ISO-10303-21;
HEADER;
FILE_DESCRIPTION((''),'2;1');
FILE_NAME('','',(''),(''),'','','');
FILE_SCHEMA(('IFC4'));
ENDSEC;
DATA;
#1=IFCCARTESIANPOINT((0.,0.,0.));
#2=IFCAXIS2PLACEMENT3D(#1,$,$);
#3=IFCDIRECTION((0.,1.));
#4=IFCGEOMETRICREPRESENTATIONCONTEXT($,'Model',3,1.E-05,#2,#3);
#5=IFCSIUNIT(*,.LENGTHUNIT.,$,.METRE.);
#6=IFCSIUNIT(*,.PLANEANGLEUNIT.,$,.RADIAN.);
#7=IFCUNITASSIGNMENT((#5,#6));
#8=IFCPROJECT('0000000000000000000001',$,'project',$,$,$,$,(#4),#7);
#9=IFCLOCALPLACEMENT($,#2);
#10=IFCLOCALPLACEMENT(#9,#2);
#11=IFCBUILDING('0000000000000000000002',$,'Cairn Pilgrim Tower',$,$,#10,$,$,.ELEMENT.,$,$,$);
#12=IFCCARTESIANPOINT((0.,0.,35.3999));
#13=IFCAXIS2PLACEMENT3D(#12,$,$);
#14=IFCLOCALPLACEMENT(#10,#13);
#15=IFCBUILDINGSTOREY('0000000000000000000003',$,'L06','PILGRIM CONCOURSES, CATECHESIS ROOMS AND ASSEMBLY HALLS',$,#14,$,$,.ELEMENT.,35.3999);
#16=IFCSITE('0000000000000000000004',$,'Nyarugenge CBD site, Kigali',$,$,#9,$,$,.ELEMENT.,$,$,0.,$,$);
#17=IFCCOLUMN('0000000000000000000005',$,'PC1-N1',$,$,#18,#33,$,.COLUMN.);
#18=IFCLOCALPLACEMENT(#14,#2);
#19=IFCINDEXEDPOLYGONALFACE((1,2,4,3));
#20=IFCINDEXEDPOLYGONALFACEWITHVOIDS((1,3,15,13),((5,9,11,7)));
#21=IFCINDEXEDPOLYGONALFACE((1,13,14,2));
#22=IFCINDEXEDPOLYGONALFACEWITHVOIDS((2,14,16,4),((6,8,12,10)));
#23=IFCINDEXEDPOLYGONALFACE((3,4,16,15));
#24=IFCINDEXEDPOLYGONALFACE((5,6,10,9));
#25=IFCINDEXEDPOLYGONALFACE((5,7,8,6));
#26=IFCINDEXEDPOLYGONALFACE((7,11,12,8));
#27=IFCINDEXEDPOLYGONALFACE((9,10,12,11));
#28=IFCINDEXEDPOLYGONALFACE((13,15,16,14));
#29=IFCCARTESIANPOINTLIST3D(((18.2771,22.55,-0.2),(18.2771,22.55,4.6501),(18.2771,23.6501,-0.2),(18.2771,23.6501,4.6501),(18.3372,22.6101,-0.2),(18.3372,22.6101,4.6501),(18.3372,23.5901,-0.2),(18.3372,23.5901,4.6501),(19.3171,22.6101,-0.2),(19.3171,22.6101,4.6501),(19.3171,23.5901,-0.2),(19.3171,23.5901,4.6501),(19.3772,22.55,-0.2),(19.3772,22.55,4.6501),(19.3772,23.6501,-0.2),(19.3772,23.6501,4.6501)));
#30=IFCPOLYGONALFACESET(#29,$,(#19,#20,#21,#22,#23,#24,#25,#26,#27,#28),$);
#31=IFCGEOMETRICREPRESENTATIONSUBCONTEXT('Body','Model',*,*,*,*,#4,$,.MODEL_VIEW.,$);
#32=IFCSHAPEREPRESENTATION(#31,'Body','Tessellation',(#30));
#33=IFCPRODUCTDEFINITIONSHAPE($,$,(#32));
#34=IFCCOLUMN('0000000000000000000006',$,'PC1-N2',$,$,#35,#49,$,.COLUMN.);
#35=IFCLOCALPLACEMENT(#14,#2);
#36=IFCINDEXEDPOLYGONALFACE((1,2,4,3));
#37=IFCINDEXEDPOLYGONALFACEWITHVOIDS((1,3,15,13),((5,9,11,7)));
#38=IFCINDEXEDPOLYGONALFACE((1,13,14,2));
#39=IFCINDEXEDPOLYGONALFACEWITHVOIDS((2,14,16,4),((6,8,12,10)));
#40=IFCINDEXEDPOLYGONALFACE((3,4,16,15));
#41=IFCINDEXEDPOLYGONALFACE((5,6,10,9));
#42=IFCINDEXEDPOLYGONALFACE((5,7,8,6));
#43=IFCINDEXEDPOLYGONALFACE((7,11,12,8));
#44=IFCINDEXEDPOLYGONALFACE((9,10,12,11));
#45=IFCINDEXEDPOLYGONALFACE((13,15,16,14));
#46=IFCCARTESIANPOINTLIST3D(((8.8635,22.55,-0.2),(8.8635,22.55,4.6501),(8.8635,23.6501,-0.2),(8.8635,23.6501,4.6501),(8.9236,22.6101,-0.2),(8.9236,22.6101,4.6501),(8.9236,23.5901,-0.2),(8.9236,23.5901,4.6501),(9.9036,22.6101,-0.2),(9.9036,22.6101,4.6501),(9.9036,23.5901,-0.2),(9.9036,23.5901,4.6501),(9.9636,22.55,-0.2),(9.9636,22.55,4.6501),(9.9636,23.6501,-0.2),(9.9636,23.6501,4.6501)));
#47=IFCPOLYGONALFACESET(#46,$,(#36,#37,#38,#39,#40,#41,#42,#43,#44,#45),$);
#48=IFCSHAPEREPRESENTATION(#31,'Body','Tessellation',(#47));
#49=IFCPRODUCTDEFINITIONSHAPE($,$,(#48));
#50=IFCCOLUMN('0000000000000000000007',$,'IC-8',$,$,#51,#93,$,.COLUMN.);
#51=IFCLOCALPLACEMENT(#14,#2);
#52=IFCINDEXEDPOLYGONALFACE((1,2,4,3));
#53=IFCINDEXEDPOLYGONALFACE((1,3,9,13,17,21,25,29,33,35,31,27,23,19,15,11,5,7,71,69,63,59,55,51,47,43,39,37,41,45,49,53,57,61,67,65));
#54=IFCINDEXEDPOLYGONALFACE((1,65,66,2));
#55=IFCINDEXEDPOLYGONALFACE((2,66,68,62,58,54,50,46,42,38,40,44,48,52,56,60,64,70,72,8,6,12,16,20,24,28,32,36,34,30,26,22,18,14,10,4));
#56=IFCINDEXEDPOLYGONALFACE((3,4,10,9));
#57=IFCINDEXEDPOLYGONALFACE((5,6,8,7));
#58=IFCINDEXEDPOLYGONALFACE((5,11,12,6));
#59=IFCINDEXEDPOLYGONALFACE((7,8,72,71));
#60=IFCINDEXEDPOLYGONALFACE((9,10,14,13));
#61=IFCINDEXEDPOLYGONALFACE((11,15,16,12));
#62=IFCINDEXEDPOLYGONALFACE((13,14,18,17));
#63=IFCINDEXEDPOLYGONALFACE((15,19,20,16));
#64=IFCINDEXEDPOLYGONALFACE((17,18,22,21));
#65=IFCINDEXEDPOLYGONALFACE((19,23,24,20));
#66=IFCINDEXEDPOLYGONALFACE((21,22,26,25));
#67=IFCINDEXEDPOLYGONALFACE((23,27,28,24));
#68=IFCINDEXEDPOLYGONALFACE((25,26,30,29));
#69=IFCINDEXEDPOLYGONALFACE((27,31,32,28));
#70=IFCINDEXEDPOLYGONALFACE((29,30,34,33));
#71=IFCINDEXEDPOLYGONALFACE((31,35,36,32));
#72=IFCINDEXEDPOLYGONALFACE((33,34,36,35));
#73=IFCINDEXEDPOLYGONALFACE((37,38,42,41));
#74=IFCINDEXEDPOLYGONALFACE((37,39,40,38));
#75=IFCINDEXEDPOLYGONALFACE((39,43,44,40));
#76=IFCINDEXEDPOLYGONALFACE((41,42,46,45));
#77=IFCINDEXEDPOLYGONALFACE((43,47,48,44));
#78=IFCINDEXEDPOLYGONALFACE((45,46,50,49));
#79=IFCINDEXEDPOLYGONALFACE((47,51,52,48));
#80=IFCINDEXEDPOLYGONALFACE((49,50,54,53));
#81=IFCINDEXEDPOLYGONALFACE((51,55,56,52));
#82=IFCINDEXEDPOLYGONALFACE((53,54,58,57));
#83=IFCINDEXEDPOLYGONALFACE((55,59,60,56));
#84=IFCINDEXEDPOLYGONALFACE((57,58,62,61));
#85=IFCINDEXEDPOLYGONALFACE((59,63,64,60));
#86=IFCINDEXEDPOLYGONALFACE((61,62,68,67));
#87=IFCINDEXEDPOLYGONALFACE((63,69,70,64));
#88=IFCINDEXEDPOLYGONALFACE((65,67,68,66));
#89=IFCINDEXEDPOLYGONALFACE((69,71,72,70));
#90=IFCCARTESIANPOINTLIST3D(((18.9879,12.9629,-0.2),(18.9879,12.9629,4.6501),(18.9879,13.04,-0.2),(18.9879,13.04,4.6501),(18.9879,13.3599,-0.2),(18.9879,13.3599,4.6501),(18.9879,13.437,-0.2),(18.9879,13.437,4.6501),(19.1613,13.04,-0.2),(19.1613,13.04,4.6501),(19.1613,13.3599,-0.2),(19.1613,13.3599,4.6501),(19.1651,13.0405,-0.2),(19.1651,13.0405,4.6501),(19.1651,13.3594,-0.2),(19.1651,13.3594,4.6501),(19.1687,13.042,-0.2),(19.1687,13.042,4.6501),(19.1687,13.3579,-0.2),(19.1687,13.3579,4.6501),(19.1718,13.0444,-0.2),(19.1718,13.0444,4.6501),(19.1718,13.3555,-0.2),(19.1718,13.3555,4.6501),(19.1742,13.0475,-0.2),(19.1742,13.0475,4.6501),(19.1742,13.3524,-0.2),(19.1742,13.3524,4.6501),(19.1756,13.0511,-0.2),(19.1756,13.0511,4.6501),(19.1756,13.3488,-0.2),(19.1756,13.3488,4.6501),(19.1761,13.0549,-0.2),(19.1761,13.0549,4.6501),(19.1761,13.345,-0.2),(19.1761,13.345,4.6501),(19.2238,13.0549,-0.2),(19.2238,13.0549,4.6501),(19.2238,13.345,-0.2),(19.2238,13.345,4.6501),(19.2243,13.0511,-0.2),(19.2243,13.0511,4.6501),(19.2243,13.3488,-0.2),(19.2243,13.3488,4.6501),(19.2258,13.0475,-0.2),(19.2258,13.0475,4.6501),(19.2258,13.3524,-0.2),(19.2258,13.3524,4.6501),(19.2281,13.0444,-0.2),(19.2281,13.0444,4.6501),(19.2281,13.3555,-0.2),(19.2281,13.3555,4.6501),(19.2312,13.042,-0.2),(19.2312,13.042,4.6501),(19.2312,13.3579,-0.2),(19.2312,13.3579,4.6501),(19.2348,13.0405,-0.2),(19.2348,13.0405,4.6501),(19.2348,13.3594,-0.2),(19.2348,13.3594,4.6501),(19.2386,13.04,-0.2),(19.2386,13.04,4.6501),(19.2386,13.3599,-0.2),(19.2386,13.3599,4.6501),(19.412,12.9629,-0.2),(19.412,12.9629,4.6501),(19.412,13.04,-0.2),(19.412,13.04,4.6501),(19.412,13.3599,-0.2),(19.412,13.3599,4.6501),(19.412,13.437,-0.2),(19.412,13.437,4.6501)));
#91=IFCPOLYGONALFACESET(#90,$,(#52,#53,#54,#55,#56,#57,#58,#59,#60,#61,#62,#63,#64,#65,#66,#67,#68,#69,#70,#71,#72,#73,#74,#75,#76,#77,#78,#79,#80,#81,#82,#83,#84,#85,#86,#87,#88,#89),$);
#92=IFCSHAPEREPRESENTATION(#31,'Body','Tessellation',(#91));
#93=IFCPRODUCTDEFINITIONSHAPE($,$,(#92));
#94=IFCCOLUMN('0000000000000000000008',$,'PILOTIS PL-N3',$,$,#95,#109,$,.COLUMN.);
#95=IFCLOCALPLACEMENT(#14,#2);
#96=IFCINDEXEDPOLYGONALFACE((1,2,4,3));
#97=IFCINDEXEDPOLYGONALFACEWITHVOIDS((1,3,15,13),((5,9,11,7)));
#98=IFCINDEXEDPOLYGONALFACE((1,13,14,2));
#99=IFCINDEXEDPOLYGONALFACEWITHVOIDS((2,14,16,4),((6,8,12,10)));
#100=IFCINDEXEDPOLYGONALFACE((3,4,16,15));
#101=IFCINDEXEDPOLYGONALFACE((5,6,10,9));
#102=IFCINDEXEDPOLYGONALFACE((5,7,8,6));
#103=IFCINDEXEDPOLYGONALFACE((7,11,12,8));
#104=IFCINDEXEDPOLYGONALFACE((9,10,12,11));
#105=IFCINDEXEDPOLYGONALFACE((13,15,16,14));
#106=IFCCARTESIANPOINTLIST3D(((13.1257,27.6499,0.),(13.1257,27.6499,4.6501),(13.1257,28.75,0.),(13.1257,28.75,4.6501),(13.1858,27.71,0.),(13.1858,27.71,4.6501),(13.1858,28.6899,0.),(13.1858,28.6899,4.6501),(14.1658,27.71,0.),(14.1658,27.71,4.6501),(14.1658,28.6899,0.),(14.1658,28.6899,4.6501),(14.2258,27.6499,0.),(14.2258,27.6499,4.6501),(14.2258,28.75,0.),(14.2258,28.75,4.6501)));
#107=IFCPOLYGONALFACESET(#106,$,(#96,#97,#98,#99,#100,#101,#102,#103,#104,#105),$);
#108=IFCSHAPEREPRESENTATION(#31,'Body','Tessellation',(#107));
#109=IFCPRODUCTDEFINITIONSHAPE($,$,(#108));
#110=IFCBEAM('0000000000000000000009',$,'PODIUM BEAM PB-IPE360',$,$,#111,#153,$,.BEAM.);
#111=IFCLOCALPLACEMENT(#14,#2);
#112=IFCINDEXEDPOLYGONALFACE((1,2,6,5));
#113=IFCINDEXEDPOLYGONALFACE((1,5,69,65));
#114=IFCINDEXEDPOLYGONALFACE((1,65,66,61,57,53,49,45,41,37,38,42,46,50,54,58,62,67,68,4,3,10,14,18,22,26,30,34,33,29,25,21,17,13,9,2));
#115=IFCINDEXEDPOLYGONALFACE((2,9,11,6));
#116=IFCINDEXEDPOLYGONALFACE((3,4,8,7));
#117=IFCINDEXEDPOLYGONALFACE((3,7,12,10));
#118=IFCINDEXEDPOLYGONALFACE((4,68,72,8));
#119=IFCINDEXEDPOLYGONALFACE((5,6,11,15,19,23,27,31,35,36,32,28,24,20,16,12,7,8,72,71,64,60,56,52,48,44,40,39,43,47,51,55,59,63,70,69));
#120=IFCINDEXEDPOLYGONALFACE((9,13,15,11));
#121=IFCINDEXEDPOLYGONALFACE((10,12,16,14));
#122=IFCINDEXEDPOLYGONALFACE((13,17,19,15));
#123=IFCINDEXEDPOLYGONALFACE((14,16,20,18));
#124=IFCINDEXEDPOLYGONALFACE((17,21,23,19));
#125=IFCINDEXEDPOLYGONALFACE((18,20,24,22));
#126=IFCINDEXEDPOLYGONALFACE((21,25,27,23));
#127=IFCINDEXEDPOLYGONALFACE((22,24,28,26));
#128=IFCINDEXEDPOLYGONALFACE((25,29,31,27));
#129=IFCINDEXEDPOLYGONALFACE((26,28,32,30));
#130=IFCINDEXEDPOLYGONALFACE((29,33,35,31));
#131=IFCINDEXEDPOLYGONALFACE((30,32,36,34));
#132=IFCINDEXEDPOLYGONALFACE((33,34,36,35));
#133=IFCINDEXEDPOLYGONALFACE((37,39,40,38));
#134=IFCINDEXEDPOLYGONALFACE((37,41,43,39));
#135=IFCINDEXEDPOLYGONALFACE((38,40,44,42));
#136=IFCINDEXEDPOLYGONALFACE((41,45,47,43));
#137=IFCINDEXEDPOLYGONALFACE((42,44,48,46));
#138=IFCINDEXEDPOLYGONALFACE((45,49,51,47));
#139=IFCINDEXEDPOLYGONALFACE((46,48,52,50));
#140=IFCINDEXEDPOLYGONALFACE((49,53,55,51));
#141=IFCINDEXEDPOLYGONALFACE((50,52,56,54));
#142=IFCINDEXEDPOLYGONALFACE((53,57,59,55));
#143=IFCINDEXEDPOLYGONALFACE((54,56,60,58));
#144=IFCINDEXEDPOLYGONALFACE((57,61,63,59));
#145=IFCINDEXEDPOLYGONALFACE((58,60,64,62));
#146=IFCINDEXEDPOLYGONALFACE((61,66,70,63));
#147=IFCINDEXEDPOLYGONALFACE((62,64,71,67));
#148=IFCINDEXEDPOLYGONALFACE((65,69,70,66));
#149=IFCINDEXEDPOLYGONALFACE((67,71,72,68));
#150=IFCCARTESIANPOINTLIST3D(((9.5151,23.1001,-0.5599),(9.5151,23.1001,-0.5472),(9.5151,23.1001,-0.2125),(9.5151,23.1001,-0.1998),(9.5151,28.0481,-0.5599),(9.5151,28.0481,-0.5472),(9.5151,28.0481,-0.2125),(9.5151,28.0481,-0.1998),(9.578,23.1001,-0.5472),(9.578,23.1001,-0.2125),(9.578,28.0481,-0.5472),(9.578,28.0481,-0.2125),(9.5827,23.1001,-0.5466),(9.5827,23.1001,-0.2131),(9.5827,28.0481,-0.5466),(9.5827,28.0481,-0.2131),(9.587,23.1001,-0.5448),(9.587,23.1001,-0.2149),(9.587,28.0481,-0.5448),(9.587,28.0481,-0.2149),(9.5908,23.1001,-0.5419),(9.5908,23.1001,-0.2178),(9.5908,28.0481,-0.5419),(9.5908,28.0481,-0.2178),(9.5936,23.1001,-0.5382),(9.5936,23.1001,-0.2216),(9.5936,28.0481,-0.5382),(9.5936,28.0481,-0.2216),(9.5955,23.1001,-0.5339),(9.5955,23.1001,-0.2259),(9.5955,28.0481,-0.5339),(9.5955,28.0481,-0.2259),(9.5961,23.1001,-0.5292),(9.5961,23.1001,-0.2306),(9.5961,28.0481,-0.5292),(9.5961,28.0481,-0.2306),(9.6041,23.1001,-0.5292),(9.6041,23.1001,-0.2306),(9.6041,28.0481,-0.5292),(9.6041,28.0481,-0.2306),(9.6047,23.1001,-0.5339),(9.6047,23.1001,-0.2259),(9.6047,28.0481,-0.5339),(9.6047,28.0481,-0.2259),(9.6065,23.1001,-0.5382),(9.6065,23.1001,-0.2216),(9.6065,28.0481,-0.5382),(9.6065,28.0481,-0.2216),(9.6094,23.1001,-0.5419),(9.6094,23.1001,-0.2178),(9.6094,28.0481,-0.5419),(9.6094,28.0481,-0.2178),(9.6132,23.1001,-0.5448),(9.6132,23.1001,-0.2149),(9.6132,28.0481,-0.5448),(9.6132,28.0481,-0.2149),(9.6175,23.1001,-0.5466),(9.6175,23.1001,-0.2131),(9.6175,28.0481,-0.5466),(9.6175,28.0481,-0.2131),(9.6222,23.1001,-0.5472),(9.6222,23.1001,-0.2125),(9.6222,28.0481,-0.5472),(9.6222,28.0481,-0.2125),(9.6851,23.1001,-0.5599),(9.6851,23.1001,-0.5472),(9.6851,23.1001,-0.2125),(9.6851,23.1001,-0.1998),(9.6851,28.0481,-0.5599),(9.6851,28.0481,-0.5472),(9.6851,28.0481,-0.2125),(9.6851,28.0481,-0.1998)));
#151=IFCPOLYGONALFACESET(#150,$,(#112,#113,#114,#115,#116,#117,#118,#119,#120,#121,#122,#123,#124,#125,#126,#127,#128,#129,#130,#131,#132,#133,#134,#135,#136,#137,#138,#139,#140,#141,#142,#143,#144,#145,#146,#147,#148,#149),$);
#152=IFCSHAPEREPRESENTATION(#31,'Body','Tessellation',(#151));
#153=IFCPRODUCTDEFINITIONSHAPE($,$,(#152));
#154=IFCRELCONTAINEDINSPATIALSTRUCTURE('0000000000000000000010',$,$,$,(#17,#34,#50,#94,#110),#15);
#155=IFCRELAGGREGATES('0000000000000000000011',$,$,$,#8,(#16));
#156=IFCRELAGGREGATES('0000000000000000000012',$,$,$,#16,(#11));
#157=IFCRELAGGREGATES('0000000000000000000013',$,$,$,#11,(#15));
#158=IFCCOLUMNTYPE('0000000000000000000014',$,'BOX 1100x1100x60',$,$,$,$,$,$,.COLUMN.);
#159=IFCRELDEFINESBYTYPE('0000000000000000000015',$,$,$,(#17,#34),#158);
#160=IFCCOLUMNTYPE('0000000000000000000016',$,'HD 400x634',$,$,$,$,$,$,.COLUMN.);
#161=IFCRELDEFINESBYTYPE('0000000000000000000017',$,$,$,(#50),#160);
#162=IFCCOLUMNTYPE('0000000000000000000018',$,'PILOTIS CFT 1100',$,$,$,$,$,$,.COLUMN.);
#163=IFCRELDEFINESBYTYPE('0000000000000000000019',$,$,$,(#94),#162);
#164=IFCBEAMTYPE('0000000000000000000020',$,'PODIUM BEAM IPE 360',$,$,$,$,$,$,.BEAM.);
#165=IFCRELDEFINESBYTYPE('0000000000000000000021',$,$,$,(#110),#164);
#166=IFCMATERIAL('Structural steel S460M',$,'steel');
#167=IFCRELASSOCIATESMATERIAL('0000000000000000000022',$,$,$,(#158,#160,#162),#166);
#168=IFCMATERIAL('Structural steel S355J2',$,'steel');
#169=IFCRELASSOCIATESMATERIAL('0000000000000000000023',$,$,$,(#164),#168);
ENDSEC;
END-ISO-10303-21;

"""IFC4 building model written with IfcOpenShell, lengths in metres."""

from ifc_helpers import new_model, si_unit, direction, frame, origin, origin_2d, place, context, subcontext, project, spatial, hollow_rectangle, i_section, extrude, material, material_profile, profile_set, type_object, element, save


model = new_model("IFC4")

# Units and contexts
model_context = context("Model", 3, precision=1e-05, world=origin(), true_north=direction((0.0, 1.0)))
body_context = subcontext(model_context, "Body", "Model", "MODEL_VIEW")
ifc_project = project(units=[si_unit("LENGTHUNIT", "METRE"), si_unit("PLANEANGLEUNIT", "RADIAN")], contexts=[model_context])

# Site, building, storey
site_placement = place(None, origin())
site = spatial("IfcSite", under=ifc_project, at=site_placement, Name="Nyarugenge CBD site, Kigali", CompositionType="ELEMENT", RefElevation=0.0)
building_placement = place(site_placement, origin())
building = spatial("IfcBuilding", under=site, at=building_placement, Name="Cairn Pilgrim Tower", CompositionType="ELEMENT")
storey_placement = place(building_placement, frame((0.0, 0.0, 35.3999)))
storey = spatial("IfcBuildingStorey", under=building, at=storey_placement, Name="L06", Description="PILGRIM CONCOURSES, CATECHESIS ROOMS AND ASSEMBLY HALLS", CompositionType="ELEMENT", Elevation=35.3999)

# Columns
ifc_material_1 = material(Name="Structural steel S460M", Category="steel")
ifc_material_profile_1 = material_profile(ifc_material_1, hollow_rectangle(XDim=1.1001, YDim=1.1001, WallThickness=0.0601, at=origin_2d()), Name="BOX 1100x1100x60")
ifc_profile_set_1 = profile_set([ifc_material_profile_1], Name="Structural steel S460M")
column_type_1 = type_object("IfcColumnType", Name="BOX 1100x1100x60", PredefinedType="COLUMN", material=ifc_profile_set_1)
for number, where, z_axis, x_axis, name in (
    (1, (18.8271, 23.1001, -0.2), (0.0, 0.0, 1.0), (1.0, 0.0, 0.0), "PC1-N1"),
    (2, (9.4136, 23.1001, -0.2), (0.0, 0.0, 1.0), (1.0, 0.0, 0.0), "PC1-N2"),
):
    element("IfcColumn", number, at=place(storey_placement, frame(where, z_axis=z_axis, x_axis=x_axis)), inside=storey, type_object=column_type_1, Name=name, PredefinedType="COLUMN", context=body_context, shape_type="SweptSolid", body=[
        extrude(hollow_rectangle(XDim=1.1001, YDim=1.1001, WallThickness=0.0601, at=origin_2d()), origin(), (0.0, 0.0, 1.0), 4.8501),
    ])
ifc_material_profile_2 = material_profile(ifc_material_1, i_section(OverallWidth=0.4241, OverallDepth=0.4741, WebThickness=0.0476, FlangeThickness=0.0771, FilletRadius=0.0149, at=origin_2d()), Name="HD 400x634")
ifc_profile_set_2 = profile_set([ifc_material_profile_2], Name="Structural steel S460M")
column_type_2 = type_object("IfcColumnType", Name="HD 400x634", PredefinedType="COLUMN", material=ifc_profile_set_2)
column_1_placement = place(storey_placement, frame((19.2, 13.2, -0.2), z_axis=(0.0, 0.0, 1.0), x_axis=(1.0, 0.0, 0.0)))
element("IfcColumn", 3, at=column_1_placement, inside=storey, type_object=column_type_2, Name="IC-8", PredefinedType="COLUMN", context=body_context, shape_type="SweptSolid", body=[
    extrude(i_section(OverallWidth=0.4241, OverallDepth=0.4741, WebThickness=0.0476, FlangeThickness=0.0771, FilletRadius=0.0149, at=origin_2d()), origin(), (0.0, 0.0, 1.0), 4.8501),
])
ifc_material_profile_3 = material_profile(ifc_material_1, hollow_rectangle(XDim=1.1001, YDim=1.1001, WallThickness=0.0601, at=origin_2d()), Name="BOX 1100x1100x60")
ifc_profile_set_3 = profile_set([ifc_material_profile_3], Name="Structural steel S460M")
column_type_3 = type_object("IfcColumnType", Name="PILOTIS CFT 1100", PredefinedType="COLUMN", material=ifc_profile_set_3)
column_2_placement = place(storey_placement, frame((13.6758, 28.2, 0.0), z_axis=(0.0, 0.0, 1.0), x_axis=(1.0, 0.0, 0.0)))
element("IfcColumn", 4, at=column_2_placement, inside=storey, type_object=column_type_3, Name="PILOTIS PL-N3", PredefinedType="COLUMN", context=body_context, shape_type="SweptSolid", body=[
    extrude(hollow_rectangle(XDim=1.1001, YDim=1.1001, WallThickness=0.0601, at=origin_2d()), origin(), (0.0, 0.0, 1.0), 4.6501),
])

# Beam
ifc_material_2 = material(Name="Structural steel S355J2", Category="steel")
ifc_material_profile_4 = material_profile(ifc_material_2, i_section(OverallWidth=0.1699, OverallDepth=0.3601, WebThickness=0.0081, FlangeThickness=0.0127, FilletRadius=0.0181, at=origin_2d()), Name="IPE 360")
ifc_profile_set_4 = profile_set([ifc_material_profile_4], Name="Structural steel S355J2")
beam_type_1 = type_object("IfcBeamType", Name="PODIUM BEAM IPE 360", PredefinedType="BEAM", material=ifc_profile_set_4)
beam_1_placement = place(storey_placement, frame((9.6001, 23.1001, -0.3799), z_axis=(0.0, 1.0, 0.0), x_axis=(-1.0, 0.0, 0.0)))
element("IfcBeam", 5, at=beam_1_placement, inside=storey, type_object=beam_type_1, Name="PODIUM BEAM PB-IPE360", PredefinedType="BEAM", context=body_context, shape_type="SweptSolid", body=[
    extrude(i_section(OverallWidth=0.1699, OverallDepth=0.3601, WebThickness=0.0081, FlangeThickness=0.0127, FilletRadius=0.0181, at=origin_2d()), origin(), (0.0, 0.0, 1.0), 4.948),
])

save(model, "model.ifc")
